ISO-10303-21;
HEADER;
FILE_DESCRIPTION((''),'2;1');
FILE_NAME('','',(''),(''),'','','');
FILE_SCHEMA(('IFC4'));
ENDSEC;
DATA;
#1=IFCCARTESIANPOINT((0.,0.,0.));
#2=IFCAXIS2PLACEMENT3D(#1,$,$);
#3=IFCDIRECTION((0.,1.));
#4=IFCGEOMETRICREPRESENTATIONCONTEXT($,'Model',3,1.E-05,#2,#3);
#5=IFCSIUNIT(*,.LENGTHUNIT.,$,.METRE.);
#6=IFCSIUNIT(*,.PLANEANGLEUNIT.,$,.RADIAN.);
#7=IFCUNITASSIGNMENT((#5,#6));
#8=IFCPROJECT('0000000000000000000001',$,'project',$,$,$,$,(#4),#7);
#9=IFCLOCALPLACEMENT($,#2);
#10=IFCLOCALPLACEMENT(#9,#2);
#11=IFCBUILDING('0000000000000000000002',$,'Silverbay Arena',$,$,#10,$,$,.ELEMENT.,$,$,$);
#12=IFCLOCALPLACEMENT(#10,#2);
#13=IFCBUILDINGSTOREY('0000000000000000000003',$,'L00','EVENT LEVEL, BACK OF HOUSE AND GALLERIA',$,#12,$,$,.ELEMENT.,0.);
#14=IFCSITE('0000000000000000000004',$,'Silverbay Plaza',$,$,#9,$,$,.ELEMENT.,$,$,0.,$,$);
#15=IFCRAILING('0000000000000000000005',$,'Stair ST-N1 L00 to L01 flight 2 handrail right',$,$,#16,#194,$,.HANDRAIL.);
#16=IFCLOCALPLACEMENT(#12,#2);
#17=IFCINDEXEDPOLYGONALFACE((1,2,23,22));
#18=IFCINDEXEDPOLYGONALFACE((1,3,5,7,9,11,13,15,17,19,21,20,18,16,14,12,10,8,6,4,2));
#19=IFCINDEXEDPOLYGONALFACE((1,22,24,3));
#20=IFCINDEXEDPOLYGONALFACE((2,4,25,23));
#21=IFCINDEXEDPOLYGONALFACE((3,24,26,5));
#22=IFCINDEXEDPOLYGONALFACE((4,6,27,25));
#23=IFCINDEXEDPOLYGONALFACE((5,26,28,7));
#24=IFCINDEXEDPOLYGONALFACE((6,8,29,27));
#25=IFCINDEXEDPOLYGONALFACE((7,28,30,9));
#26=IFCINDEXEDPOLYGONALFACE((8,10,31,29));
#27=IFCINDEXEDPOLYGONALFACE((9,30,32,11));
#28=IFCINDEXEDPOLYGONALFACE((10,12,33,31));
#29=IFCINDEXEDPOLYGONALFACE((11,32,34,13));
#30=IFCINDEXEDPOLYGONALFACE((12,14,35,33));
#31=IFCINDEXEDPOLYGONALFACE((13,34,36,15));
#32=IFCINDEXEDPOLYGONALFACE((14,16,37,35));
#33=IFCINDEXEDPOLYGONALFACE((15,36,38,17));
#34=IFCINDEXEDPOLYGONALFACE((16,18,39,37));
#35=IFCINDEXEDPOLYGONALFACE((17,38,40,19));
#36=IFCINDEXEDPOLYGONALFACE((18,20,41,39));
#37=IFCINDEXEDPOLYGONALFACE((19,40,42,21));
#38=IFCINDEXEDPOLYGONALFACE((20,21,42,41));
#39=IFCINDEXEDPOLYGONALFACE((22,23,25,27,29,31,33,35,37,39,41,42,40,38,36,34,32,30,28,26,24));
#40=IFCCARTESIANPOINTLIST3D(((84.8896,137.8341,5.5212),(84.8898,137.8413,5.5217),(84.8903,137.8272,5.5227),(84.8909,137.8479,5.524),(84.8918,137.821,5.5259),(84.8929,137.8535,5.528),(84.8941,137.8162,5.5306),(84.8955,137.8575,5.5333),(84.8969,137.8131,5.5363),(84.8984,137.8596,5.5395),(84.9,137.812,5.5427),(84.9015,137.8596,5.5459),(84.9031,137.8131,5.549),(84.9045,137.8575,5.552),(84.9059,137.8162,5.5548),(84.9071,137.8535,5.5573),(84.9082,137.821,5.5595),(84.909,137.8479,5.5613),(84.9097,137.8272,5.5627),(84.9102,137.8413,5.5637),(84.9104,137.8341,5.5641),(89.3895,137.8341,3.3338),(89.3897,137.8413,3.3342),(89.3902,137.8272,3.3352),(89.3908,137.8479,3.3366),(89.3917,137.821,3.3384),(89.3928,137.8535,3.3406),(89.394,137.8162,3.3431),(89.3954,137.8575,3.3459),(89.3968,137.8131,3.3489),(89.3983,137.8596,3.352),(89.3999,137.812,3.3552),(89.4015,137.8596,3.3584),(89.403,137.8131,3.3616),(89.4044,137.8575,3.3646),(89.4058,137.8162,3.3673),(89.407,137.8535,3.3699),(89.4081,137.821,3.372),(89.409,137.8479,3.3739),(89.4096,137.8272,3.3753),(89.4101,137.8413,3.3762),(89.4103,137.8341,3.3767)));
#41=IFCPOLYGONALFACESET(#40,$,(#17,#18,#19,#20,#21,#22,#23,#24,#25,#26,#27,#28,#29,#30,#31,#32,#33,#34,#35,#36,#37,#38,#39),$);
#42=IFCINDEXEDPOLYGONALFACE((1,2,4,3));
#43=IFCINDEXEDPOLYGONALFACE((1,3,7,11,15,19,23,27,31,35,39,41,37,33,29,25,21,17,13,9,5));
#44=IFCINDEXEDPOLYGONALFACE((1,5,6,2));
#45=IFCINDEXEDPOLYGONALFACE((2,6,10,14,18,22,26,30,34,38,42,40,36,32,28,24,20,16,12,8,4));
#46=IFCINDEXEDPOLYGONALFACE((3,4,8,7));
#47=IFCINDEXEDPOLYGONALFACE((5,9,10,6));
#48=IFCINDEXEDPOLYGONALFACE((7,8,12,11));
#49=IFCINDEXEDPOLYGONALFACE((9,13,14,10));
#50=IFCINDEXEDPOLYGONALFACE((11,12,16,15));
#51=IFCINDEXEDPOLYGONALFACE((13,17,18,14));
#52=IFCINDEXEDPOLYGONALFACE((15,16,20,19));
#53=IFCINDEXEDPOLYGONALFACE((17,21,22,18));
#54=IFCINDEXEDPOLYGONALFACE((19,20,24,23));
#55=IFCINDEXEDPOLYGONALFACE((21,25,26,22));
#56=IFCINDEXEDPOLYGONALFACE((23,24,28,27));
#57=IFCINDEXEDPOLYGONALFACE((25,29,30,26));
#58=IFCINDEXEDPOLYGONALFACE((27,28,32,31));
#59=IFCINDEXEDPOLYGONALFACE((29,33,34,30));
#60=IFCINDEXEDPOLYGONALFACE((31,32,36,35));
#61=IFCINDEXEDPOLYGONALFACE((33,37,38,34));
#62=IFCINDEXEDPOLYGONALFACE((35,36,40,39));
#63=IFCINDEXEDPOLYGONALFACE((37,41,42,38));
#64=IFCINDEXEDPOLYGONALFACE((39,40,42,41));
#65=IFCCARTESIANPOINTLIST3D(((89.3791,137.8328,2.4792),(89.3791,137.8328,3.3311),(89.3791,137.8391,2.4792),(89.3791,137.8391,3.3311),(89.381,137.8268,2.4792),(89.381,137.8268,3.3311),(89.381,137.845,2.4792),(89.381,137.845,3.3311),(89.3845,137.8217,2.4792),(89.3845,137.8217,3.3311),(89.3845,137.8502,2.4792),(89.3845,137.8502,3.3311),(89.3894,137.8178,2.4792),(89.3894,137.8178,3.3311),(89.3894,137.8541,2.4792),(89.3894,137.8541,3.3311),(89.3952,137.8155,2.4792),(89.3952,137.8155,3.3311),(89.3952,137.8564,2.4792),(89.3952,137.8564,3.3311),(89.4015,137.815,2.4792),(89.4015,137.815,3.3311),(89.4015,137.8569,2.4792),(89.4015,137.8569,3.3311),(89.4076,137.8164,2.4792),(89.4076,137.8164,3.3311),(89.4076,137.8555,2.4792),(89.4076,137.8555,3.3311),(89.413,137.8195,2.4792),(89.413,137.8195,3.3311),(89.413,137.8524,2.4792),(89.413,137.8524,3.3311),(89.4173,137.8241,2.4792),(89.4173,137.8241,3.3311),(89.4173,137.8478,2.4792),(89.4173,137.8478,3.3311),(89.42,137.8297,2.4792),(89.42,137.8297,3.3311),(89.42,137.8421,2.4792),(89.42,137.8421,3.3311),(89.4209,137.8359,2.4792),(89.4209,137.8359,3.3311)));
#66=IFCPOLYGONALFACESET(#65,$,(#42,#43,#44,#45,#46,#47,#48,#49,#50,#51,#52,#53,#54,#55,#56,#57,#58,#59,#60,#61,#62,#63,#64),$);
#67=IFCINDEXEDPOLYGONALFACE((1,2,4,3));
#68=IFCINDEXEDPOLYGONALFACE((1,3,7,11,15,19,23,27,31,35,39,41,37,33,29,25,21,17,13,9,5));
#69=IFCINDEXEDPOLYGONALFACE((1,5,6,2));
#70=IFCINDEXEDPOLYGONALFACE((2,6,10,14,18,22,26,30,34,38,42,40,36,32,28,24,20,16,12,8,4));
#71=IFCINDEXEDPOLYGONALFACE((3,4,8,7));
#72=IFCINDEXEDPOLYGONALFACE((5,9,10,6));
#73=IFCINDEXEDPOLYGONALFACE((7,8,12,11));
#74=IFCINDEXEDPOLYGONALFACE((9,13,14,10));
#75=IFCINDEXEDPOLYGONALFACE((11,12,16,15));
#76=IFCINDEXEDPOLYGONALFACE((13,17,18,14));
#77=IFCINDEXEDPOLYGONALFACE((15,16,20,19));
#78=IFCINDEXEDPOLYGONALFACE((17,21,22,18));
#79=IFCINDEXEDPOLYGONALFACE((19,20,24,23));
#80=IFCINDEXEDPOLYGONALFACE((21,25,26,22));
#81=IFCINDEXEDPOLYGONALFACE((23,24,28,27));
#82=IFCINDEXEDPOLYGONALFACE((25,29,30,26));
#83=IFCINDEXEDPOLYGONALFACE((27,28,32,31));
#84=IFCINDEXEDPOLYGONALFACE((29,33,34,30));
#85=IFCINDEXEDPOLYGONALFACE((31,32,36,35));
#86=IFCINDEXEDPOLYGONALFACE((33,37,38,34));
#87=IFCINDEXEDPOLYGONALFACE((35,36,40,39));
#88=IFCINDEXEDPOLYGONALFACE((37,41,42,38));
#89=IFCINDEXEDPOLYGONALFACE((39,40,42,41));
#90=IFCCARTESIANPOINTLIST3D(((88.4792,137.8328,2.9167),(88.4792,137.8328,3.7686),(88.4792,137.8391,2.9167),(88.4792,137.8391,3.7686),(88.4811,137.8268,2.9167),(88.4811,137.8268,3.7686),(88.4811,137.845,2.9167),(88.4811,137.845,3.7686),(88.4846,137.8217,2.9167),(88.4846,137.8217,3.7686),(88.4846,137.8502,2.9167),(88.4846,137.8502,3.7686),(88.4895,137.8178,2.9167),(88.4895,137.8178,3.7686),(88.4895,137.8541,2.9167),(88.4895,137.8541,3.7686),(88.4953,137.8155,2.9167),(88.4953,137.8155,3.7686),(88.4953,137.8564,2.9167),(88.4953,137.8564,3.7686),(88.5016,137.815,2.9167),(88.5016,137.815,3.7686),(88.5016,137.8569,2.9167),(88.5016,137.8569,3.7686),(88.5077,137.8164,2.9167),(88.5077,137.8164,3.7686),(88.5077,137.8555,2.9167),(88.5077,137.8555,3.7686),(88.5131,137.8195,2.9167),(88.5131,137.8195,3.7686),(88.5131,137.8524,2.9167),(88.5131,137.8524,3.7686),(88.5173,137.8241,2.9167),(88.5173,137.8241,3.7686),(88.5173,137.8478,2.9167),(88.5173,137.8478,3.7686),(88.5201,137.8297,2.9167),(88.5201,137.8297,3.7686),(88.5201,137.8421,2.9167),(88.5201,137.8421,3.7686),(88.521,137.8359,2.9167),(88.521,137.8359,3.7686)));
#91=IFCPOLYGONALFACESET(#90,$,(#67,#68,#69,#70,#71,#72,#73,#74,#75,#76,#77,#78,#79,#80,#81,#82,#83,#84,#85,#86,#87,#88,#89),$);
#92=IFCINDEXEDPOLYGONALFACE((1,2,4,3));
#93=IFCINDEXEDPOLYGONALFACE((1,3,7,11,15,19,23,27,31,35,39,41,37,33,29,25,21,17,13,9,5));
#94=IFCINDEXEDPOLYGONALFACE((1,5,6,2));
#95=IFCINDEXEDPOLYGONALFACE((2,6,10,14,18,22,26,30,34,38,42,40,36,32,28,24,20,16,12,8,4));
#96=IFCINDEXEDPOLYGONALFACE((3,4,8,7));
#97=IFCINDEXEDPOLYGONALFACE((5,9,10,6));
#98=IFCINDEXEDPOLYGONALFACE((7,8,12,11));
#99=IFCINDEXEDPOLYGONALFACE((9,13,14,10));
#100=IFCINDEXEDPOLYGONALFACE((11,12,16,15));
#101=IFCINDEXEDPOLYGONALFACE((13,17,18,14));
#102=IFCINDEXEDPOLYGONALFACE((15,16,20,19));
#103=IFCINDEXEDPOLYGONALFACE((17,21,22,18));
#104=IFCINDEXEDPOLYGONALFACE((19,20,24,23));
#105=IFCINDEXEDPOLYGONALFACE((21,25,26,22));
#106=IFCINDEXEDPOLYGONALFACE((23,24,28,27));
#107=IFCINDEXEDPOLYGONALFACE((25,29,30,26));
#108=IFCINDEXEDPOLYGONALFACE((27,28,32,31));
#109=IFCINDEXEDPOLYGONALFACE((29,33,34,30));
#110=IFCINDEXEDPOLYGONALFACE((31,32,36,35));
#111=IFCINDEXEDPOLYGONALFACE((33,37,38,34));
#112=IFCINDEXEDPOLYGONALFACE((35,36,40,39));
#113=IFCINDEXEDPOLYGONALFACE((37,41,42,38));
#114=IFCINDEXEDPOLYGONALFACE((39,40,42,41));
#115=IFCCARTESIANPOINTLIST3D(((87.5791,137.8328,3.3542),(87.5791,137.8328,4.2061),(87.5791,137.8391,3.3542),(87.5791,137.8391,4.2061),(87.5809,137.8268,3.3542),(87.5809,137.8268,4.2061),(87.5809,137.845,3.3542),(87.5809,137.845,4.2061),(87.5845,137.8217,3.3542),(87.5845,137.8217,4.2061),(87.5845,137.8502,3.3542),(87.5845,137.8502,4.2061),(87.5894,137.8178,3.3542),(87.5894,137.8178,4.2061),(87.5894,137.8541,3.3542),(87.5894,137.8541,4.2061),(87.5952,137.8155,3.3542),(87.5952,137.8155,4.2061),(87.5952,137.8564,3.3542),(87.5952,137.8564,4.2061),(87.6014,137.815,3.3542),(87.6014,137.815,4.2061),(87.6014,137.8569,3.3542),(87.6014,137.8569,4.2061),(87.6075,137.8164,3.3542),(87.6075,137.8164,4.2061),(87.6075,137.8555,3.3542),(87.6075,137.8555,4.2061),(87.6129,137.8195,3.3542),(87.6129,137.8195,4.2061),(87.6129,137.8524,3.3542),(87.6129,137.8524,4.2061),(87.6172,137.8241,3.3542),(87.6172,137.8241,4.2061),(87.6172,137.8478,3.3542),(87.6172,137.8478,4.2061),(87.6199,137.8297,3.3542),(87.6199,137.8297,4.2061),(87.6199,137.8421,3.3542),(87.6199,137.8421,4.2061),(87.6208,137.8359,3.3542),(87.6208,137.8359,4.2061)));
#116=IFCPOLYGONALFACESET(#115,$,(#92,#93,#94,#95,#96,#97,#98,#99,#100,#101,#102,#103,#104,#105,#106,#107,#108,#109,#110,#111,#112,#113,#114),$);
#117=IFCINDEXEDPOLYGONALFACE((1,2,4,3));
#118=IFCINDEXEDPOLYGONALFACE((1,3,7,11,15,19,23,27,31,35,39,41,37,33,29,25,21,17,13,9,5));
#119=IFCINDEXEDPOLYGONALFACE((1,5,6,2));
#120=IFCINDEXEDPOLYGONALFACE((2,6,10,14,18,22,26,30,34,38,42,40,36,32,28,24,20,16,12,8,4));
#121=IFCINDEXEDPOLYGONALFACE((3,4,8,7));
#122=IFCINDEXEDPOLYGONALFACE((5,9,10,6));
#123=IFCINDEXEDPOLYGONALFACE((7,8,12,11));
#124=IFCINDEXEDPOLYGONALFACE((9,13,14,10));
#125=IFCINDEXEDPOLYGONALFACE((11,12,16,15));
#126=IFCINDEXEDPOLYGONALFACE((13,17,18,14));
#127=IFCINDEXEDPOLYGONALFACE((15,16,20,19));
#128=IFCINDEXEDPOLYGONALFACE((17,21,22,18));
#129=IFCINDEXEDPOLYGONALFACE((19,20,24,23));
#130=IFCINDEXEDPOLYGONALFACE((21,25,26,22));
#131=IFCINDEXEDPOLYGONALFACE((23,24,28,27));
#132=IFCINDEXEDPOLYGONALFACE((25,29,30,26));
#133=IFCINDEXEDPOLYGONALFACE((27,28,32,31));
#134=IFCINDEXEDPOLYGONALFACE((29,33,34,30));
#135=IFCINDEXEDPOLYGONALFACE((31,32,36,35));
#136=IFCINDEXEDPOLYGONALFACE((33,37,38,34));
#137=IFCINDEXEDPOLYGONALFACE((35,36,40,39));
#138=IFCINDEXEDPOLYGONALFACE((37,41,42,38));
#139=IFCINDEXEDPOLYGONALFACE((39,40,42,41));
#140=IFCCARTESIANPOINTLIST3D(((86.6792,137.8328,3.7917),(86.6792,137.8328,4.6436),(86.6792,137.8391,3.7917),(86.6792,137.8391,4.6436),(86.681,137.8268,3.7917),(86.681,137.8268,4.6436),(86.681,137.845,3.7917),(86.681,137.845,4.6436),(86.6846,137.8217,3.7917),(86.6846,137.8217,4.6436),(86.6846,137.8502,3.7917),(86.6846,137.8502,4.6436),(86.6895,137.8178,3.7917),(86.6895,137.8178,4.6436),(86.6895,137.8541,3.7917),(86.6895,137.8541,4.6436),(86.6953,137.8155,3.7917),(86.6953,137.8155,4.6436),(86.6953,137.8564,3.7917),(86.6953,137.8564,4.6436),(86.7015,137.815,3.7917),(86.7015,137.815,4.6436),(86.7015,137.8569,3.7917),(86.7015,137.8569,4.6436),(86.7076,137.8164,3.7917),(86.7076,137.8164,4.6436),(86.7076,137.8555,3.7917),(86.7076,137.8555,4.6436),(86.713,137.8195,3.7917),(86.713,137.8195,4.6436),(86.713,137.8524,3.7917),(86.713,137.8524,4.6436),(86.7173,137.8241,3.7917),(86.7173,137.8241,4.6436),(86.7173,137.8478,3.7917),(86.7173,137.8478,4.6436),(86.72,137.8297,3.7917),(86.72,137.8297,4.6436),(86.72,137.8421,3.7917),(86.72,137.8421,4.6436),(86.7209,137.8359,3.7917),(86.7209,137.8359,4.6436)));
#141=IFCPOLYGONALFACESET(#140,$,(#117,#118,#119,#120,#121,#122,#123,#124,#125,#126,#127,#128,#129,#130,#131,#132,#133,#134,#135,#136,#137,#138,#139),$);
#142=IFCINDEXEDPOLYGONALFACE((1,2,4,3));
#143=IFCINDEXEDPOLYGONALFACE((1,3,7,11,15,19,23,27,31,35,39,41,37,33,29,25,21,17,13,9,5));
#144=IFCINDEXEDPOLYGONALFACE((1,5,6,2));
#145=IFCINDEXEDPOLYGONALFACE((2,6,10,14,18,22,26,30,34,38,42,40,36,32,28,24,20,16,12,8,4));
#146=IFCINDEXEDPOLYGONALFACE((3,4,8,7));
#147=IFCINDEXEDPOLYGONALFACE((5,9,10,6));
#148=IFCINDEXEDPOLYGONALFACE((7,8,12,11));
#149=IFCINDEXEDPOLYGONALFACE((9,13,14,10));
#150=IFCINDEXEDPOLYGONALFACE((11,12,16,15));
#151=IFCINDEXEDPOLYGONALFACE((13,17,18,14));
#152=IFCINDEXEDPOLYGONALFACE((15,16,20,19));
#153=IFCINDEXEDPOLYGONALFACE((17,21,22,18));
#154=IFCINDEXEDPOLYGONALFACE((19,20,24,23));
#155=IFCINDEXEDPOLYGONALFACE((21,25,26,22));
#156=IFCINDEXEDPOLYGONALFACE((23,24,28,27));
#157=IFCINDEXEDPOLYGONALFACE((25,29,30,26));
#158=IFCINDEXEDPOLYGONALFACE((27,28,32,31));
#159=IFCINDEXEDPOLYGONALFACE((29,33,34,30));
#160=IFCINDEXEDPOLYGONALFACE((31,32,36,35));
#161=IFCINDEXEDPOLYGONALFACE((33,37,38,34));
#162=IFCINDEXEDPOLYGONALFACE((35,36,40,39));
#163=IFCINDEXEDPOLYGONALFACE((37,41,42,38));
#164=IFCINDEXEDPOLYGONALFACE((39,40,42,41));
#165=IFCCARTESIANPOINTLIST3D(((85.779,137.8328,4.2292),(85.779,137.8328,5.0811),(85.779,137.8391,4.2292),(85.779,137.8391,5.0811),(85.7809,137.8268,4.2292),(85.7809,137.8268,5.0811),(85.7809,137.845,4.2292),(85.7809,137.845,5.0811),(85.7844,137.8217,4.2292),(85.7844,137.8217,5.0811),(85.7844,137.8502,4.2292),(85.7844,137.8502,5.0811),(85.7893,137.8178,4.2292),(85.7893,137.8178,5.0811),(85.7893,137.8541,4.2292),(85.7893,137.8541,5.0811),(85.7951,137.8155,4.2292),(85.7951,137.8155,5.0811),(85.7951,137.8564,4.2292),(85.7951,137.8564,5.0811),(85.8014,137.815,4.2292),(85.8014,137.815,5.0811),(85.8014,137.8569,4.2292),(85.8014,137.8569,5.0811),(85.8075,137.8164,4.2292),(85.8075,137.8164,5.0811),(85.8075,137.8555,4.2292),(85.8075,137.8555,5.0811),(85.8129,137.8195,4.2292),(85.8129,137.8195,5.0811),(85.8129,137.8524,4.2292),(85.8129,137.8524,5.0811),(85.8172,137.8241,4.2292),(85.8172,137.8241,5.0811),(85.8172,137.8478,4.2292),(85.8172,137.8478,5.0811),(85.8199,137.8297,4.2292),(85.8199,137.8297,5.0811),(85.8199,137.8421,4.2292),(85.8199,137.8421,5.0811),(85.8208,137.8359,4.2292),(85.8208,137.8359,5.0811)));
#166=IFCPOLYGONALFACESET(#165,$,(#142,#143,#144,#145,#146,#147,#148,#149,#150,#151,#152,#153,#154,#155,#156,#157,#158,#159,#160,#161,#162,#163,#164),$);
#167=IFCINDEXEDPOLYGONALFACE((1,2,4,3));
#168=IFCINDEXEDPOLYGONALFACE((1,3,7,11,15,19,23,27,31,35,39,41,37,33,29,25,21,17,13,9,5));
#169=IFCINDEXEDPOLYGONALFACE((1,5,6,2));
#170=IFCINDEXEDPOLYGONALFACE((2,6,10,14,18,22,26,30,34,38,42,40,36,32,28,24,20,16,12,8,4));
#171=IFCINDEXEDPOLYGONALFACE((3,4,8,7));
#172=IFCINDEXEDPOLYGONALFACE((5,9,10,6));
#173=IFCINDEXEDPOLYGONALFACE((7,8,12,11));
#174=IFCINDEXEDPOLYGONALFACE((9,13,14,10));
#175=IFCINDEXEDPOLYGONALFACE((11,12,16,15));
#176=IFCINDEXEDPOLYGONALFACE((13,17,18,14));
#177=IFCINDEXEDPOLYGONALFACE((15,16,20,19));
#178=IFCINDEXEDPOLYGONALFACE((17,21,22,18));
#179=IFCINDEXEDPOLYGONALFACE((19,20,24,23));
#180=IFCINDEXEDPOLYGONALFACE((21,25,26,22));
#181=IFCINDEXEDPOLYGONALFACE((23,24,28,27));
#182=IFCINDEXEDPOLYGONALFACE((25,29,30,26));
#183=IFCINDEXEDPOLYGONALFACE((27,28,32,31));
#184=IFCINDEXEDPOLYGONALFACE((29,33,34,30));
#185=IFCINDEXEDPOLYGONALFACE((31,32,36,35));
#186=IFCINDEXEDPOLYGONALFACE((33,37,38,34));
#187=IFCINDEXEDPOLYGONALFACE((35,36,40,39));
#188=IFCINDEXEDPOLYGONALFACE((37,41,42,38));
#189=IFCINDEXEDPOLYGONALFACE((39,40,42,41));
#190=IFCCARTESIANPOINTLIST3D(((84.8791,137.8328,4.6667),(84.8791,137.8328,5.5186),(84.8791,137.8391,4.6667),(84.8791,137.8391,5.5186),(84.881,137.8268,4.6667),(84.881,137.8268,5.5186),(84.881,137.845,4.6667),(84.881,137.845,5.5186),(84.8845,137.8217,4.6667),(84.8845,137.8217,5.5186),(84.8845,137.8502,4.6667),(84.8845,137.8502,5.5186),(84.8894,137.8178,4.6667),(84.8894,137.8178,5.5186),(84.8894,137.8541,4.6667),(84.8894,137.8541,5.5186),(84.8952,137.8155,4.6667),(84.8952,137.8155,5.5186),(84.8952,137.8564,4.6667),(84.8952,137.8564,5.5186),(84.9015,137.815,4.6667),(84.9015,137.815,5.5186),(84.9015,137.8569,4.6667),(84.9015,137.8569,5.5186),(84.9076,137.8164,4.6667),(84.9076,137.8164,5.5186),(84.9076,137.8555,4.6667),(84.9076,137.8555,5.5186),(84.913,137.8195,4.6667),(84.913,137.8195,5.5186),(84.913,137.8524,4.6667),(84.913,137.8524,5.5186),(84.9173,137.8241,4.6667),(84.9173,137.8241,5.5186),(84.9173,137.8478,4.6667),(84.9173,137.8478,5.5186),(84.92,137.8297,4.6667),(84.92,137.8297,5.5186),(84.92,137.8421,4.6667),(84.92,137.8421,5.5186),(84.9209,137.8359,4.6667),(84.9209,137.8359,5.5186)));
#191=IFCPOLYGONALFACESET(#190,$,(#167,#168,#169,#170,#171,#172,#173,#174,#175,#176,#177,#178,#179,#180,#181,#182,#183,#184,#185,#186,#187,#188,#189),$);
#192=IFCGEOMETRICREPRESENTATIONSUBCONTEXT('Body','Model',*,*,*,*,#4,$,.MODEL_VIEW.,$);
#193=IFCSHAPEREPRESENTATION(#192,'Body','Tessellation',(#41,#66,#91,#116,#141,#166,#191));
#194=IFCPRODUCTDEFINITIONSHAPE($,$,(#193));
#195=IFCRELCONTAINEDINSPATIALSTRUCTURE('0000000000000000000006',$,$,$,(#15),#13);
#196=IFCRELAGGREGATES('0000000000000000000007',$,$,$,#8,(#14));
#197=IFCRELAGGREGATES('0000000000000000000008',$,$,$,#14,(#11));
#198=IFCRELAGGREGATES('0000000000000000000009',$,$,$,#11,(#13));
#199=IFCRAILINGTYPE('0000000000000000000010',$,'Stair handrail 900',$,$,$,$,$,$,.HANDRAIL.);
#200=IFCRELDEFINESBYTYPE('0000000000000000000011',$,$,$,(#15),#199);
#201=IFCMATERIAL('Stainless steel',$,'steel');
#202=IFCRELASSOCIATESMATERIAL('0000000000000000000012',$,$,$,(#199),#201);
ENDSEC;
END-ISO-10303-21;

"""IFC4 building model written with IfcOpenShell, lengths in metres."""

from ifc_helpers import new_model, si_unit, direction, frame, origin, origin_2d, place, context, subcontext, project, spatial, circle, extrude, material, type_object, element, save


model = new_model("IFC4")

# Units and contexts
model_context = context("Model", 3, precision=1e-05, world=origin(), true_north=direction((0.0, 1.0)))
body_context = subcontext(model_context, "Body", "Model", "MODEL_VIEW")
ifc_project = project(units=[si_unit("LENGTHUNIT", "METRE"), si_unit("PLANEANGLEUNIT", "RADIAN")], contexts=[model_context])

# Site, building, storey
site_placement = place(None, origin())
site = spatial("IfcSite", under=ifc_project, at=site_placement, Name="Silverbay Plaza", CompositionType="ELEMENT", RefElevation=0.0)
building_placement = place(site_placement, origin())
building = spatial("IfcBuilding", under=site, at=building_placement, Name="Silverbay Arena", CompositionType="ELEMENT")
storey_placement = place(building_placement, origin())
storey = spatial("IfcBuildingStorey", under=building, at=storey_placement, Name="L00", Description="EVENT LEVEL, BACK OF HOUSE AND GALLERIA", CompositionType="ELEMENT", Elevation=0.0)

# Railing
ifc_material_1 = material(Name="Stainless steel", Category="steel")
railing_type_1 = type_object("IfcRailingType", Name="Stair handrail 900", PredefinedType="HANDRAIL", material=ifc_material_1)
for number, where, name in (
    (1, (89.3999, 137.8359, 2.4792), "Stair ST-N1 L00 to L01 flight 2 handrail right"),
):
    element("IfcRailing", number, at=place(storey_placement, frame(where)), inside=storey, type_object=railing_type_1, Name=name, PredefinedType="HANDRAIL", context=body_context, shape_type="SweptSolid", body=[
        extrude(circle(Radius=0.0239, at=origin_2d()), frame((0.0, 0.0, 0.876), z_axis=(-0.899368, 0.0, 0.437193), x_axis=(0.0, -1.0, 0.0)), (0.0, 0.0, 1.0), 5.0034),
        extrude(circle(Radius=0.021, at=origin_2d()), origin(), (0.0, 0.0, 1.0), 0.8518),
        extrude(circle(Radius=0.021, at=origin_2d()), frame((-0.8999, 0.0, 0.4375)), (0.0, 0.0, 1.0), 0.8518),
        extrude(circle(Radius=0.021, at=origin_2d()), frame((-1.8, 0.0, 0.875)), (0.0, 0.0, 1.0), 0.8518),
        extrude(circle(Radius=0.021, at=origin_2d()), frame((-2.7, 0.0, 1.3125)), (0.0, 0.0, 1.0), 0.8518),
        extrude(circle(Radius=0.021, at=origin_2d()), frame((-3.6001, 0.0, 1.75)), (0.0, 0.0, 1.0), 0.8518),
        extrude(circle(Radius=0.021, at=origin_2d()), frame((-4.5, 0.0, 2.1875)), (0.0, 0.0, 1.0), 0.8518),
    ])

save(model, "model.ifc")
